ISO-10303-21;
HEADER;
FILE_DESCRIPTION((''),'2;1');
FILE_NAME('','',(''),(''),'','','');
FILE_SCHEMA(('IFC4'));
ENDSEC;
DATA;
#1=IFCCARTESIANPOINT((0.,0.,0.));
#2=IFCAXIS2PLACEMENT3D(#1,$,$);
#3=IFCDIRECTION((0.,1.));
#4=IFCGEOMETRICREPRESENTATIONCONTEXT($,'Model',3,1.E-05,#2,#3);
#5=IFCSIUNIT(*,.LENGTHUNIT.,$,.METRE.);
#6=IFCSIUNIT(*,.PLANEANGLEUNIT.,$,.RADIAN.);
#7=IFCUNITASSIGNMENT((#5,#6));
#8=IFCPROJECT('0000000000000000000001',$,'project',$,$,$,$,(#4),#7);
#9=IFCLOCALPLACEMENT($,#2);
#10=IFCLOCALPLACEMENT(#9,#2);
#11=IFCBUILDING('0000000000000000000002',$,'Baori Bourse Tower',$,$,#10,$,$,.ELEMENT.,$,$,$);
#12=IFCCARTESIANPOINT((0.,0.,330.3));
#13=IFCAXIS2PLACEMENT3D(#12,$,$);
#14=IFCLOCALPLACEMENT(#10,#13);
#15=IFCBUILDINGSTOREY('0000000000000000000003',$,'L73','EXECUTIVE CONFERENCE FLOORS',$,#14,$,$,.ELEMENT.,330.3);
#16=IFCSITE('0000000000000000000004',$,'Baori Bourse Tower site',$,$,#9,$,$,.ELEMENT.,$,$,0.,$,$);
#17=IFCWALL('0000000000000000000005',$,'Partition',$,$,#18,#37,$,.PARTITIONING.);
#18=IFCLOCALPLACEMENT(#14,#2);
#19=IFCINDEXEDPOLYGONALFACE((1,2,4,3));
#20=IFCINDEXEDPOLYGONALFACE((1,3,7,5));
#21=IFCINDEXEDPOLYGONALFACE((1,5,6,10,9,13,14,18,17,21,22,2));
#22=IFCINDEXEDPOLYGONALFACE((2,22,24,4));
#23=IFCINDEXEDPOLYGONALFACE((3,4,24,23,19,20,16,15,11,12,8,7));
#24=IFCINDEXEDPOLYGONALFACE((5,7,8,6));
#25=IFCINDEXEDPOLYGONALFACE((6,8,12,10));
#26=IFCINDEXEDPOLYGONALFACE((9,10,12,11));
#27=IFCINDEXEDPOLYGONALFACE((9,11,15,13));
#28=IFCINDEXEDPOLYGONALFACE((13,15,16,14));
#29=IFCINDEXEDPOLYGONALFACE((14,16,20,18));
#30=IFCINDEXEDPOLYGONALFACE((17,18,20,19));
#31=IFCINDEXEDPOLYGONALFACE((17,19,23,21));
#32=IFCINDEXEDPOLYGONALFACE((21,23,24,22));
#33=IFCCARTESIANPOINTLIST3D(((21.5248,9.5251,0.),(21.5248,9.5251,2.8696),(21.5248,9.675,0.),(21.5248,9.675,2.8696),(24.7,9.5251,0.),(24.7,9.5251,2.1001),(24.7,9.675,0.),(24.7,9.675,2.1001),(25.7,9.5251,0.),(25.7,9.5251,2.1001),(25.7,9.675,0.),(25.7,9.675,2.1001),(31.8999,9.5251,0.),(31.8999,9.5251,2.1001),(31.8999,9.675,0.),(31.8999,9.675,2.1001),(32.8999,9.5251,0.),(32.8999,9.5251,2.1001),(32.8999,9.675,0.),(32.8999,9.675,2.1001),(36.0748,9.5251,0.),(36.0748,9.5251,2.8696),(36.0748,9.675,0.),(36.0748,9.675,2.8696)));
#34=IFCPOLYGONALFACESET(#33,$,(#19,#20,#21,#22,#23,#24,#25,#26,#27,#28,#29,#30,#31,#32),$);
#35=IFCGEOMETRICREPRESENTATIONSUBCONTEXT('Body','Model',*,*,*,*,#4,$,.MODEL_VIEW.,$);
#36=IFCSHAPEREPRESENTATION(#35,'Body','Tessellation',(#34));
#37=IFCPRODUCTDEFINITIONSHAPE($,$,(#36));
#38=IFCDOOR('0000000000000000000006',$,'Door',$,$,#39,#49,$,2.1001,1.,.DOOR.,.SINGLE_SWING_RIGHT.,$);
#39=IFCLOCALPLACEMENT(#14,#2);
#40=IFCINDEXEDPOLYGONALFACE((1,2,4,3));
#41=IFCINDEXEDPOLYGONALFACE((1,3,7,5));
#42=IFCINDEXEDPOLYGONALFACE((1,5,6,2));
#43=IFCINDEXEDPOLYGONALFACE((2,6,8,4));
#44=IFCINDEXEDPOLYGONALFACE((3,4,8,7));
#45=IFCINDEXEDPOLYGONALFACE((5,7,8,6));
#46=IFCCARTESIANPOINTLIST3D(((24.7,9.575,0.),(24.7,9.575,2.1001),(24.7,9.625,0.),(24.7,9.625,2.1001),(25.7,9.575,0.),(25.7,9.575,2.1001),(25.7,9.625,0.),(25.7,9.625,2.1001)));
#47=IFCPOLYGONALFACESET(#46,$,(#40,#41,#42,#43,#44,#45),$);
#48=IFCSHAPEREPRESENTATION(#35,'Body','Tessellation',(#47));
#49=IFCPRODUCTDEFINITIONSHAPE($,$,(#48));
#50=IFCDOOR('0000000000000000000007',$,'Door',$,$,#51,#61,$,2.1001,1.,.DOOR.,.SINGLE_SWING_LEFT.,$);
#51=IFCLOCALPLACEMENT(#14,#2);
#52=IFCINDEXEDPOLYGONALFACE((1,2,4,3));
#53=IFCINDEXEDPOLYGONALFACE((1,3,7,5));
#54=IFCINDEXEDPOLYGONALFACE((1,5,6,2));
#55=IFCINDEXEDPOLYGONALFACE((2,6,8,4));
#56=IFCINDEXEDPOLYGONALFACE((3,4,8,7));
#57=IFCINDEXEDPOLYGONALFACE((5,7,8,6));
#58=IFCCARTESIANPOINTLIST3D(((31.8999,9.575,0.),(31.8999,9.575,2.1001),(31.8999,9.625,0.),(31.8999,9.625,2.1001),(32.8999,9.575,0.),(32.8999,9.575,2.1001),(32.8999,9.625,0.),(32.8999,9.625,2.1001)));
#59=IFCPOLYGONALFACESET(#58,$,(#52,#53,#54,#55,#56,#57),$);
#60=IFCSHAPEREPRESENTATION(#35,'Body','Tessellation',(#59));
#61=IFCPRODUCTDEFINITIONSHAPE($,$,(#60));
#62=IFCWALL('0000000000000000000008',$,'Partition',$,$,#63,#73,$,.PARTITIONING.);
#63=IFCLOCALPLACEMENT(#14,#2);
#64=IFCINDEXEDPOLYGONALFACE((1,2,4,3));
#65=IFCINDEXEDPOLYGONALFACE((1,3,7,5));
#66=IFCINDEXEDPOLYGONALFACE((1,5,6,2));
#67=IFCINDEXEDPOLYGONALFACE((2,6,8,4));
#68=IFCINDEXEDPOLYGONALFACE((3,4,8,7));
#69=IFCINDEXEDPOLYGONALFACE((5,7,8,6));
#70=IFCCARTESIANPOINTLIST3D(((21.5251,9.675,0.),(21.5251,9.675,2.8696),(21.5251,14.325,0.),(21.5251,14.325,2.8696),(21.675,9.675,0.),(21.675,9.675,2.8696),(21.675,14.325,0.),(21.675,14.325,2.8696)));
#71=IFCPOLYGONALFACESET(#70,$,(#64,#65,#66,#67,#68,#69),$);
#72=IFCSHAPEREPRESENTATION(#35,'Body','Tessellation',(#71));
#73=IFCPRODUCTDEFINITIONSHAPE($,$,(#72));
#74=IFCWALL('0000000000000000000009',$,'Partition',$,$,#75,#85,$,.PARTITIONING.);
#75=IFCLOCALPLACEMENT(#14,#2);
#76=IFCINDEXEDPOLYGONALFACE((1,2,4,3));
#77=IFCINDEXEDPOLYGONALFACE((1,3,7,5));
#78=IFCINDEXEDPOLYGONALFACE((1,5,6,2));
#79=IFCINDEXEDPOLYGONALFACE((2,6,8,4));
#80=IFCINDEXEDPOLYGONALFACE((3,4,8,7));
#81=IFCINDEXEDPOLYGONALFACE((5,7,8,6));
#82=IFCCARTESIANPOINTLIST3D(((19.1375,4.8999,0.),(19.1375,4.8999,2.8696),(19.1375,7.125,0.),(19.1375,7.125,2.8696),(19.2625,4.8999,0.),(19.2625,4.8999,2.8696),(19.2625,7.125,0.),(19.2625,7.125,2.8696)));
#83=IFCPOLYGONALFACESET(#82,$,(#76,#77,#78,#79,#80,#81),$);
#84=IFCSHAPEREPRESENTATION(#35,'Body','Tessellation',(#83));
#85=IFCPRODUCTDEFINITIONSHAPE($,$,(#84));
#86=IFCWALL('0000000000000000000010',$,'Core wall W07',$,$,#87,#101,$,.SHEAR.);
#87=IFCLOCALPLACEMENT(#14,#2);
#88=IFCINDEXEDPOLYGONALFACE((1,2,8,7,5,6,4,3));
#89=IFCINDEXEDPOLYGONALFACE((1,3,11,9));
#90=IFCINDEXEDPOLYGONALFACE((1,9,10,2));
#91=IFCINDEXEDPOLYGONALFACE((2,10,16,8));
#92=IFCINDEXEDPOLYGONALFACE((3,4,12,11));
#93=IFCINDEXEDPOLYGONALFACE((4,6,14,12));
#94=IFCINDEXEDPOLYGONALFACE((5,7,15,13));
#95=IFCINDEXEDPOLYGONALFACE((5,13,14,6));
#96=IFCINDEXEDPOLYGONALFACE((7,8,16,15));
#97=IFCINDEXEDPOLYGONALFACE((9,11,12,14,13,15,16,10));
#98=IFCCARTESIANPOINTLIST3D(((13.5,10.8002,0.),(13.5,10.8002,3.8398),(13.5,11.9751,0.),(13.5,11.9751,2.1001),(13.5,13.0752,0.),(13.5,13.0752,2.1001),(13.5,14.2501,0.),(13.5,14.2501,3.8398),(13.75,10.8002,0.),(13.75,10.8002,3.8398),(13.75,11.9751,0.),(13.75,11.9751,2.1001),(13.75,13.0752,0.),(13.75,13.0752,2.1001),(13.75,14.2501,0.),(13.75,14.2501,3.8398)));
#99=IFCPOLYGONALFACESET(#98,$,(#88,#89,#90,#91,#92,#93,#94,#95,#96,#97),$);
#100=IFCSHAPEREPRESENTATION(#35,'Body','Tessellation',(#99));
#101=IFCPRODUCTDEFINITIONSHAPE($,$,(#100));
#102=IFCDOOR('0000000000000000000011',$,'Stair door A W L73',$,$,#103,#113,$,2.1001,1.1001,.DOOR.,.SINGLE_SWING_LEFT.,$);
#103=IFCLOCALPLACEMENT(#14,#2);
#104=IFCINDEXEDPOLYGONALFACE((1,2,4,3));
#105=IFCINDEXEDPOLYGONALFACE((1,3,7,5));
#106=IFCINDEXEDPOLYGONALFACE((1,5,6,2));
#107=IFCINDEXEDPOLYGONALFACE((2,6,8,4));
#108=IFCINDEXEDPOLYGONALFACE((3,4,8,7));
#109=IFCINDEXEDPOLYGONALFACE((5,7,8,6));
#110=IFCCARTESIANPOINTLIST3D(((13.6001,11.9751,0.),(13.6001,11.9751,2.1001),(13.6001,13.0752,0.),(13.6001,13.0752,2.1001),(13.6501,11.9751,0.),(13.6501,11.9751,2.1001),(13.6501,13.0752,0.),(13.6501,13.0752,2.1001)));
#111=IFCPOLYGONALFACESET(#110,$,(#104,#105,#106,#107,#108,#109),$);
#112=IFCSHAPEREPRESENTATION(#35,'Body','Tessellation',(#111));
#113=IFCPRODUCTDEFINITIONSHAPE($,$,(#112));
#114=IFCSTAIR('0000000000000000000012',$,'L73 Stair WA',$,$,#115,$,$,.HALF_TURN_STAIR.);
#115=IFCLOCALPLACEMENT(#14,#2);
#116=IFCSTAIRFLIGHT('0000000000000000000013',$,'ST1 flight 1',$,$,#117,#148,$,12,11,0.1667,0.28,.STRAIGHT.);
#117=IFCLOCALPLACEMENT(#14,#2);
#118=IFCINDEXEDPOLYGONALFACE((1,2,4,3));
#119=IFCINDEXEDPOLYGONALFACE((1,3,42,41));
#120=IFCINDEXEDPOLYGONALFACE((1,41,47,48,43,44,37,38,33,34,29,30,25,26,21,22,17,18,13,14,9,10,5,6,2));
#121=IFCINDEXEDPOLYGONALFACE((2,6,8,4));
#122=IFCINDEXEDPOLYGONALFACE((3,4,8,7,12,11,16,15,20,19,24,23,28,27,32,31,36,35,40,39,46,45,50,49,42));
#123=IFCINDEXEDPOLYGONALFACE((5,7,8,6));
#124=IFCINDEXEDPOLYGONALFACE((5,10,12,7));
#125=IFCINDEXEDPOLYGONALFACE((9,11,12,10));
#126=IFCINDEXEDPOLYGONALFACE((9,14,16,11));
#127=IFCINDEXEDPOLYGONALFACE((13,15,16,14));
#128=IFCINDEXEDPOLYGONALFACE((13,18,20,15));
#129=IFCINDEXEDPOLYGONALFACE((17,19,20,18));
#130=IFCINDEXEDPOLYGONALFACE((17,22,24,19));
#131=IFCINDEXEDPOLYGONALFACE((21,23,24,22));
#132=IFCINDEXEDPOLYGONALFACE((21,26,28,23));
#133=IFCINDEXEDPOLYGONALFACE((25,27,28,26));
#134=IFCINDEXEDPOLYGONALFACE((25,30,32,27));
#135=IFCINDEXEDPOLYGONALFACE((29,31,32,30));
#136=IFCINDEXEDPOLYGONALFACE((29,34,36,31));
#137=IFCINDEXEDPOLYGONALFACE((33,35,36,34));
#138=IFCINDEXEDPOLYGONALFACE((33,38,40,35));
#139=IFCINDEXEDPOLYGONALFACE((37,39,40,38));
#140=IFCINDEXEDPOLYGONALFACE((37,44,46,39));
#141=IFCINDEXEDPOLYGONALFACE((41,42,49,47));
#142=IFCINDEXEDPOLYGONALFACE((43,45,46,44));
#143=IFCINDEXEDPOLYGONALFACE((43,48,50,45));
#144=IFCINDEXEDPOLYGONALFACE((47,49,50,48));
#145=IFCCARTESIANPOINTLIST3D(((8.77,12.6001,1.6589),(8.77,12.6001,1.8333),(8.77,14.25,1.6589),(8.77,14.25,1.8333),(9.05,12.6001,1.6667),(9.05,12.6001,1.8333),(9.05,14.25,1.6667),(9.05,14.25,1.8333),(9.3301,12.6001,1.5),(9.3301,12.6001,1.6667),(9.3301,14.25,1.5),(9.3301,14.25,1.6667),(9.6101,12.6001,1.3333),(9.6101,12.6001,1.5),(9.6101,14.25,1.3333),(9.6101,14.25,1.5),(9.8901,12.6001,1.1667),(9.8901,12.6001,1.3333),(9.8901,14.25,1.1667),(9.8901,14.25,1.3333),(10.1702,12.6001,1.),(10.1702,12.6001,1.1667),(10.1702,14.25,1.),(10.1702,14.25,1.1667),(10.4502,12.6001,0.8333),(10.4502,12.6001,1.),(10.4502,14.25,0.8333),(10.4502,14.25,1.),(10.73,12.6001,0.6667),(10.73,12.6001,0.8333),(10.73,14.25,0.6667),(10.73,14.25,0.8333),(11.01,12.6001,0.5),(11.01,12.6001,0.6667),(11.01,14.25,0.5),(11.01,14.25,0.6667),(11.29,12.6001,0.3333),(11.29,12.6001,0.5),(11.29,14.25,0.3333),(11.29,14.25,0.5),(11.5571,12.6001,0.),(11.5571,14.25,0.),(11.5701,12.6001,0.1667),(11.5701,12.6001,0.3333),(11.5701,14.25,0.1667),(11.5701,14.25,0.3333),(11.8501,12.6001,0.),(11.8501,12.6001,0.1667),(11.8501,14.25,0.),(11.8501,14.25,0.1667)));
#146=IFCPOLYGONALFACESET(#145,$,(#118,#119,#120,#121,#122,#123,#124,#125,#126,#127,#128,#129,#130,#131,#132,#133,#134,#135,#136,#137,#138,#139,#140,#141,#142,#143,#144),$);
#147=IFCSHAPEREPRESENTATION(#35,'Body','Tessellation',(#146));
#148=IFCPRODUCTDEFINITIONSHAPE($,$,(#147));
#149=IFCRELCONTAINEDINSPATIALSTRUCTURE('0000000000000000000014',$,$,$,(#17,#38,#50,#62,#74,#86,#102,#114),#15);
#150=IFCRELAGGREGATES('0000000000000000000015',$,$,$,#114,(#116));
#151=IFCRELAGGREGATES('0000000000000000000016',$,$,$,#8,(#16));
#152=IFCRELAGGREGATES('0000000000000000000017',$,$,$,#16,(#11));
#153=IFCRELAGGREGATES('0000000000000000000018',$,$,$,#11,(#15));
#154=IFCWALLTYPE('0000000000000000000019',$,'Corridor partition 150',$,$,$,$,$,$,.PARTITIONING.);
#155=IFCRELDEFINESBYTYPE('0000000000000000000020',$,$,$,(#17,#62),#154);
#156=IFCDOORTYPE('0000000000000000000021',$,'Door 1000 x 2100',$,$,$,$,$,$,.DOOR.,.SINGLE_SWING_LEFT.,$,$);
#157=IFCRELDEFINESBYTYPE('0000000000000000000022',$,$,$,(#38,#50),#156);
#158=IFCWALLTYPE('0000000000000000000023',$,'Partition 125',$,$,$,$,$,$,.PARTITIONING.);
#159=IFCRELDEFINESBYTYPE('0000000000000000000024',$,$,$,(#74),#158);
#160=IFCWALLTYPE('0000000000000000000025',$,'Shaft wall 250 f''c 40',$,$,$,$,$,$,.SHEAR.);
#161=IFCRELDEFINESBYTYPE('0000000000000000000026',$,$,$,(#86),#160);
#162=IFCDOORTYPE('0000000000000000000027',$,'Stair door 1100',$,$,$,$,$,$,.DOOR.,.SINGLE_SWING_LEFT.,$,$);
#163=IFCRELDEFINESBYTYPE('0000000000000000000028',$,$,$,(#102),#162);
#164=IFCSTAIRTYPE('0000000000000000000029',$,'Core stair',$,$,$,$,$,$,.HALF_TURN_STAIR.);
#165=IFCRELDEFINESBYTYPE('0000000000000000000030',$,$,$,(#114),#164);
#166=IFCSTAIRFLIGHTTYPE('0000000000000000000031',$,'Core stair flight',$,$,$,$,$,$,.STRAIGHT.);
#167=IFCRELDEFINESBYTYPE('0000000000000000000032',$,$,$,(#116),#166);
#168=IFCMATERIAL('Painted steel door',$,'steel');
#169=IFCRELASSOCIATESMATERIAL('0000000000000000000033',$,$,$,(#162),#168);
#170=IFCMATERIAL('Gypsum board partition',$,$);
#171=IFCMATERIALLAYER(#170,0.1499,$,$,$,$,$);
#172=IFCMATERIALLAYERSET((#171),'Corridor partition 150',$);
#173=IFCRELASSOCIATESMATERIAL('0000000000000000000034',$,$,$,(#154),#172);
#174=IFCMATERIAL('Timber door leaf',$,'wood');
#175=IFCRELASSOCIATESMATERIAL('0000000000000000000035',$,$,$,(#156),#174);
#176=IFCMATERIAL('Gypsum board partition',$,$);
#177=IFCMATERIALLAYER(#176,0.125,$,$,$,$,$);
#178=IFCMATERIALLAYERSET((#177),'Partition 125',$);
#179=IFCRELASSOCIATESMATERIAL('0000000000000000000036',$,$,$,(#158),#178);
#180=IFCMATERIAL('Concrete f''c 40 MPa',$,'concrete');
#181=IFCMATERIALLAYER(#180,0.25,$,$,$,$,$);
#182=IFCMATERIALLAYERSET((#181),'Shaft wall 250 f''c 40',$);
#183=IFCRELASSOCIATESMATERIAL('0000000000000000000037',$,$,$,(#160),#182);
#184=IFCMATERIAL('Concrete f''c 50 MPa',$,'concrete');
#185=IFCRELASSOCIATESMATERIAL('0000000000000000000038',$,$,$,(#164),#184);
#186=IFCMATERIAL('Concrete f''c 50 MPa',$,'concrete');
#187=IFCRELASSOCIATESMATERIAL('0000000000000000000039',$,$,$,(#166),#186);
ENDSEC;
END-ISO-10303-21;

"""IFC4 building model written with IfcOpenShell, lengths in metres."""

from ifc_helpers import new_model, si_unit, direction, frame, frame_2d, origin, place, context, subcontext, project, spatial, polyline, rectangle, outline, extrude, material, layer, layer_set, type_object, element, fill, aggregate, save


model = new_model("IFC4")

# Units and contexts
model_context = context("Model", 3, precision=1e-05, world=origin(), true_north=direction((0.0, 1.0)))
body_context = subcontext(model_context, "Body", "Model", "MODEL_VIEW")
ifc_project = project(units=[si_unit("LENGTHUNIT", "METRE"), si_unit("PLANEANGLEUNIT", "RADIAN")], contexts=[model_context])

# Site, building, storey
site_placement = place(None, origin())
site = spatial("IfcSite", under=ifc_project, at=site_placement, Name="Baori Bourse Tower site", CompositionType="ELEMENT", RefElevation=0.0)
building_placement = place(site_placement, origin())
building = spatial("IfcBuilding", under=site, at=building_placement, Name="Baori Bourse Tower", CompositionType="ELEMENT")
storey_placement = place(building_placement, frame((0.0, 0.0, 330.3)))
storey = spatial("IfcBuildingStorey", under=building, at=storey_placement, Name="L73", Description="EXECUTIVE CONFERENCE FLOORS", CompositionType="ELEMENT", Elevation=330.3)

# Shared definitions
ifc_material_1 = material(Name="Painted steel door", Category="steel")
door_type_1 = type_object("IfcDoorType", Name="Stair door 1100", OperationType="SINGLE_SWING_LEFT", PredefinedType="DOOR", material=ifc_material_1)

# Wall, openings, doors
ifc_material_2 = material(Name="Gypsum board partition")
ifc_layer_1 = layer(ifc_material_2, 0.1499)
ifc_layer_set_1 = layer_set([ifc_layer_1], Name="Corridor partition 150")
wall_type_1 = type_object("IfcWallType", Name="Corridor partition 150", PredefinedType="PARTITIONING", material=ifc_layer_set_1)
ifc_material_3 = material(Name="Timber door leaf", Category="wood")
door_type_2 = type_object("IfcDoorType", Name="Door 1000 x 2100", OperationType="SINGLE_SWING_LEFT", PredefinedType="DOOR", material=ifc_material_3)
wall_1_placement = place(storey_placement, frame((21.5249, 9.6001, 0.0), z_axis=(0.0, 0.0, 1.0), x_axis=(1.0, 0.0, 0.0)))
wall_1 = element("IfcWall", 1, at=wall_1_placement, inside=storey, type_object=wall_type_1, Name="Partition", PredefinedType="PARTITIONING", context=body_context, shape_type="SweptSolid", body=[
    extrude(rectangle(XDim=14.55, YDim=0.1499, at=frame_2d((7.2749, 0.0))), origin(), (0.0, 0.0, 1.0), 2.8696),
])
opening_1_placement = place(wall_1_placement, frame((3.175, 0.0, 0.0)))
opening_1 = element("IfcOpeningElement", 2, at=opening_1_placement, cuts=wall_1, PredefinedType="OPENING", context=body_context, shape_type="SweptSolid", body=[
    extrude(rectangle(XDim=1.0, YDim=2.1001, at=frame_2d((0.5, 1.05))), frame((0.0, 0.085, 0.0), z_axis=(0.0, -1.0, 0.0), x_axis=(1.0, 0.0, 0.0)), (0.0, 0.0, 1.0), 0.1699),
])
opening_2_placement = place(wall_1_placement, frame((10.375, 0.0, 0.0)))
opening_2 = element("IfcOpeningElement", 3, at=opening_2_placement, cuts=wall_1, PredefinedType="OPENING", context=body_context, shape_type="SweptSolid", body=[
    extrude(rectangle(XDim=1.0, YDim=2.1001, at=frame_2d((0.5, 1.05))), frame((0.0, 0.085, 0.0), z_axis=(0.0, -1.0, 0.0), x_axis=(1.0, 0.0, 0.0)), (0.0, 0.0, 1.0), 0.1699),
])
door_1_placement = place(opening_1_placement, origin())
door_1 = element("IfcDoor", 4, at=door_1_placement, inside=storey, type_object=door_type_2, Name="Door", OperationType="SINGLE_SWING_RIGHT", OverallHeight=2.1001, OverallWidth=1.0, PredefinedType="DOOR", context=body_context, shape_type="SweptSolid", body=[
    extrude(rectangle(XDim=1.0, YDim=2.1001, at=frame_2d((0.5, 1.05))), frame((0.0, 0.0249, 0.0), z_axis=(0.0, -1.0, 0.0), x_axis=(1.0, 0.0, 0.0)), (0.0, 0.0, 1.0), 0.05),
])
fill(opening_1, door_1)
door_2_placement = place(opening_2_placement, origin())
door_2 = element("IfcDoor", 5, at=door_2_placement, inside=storey, type_object=door_type_2, Name="Door", OperationType="SINGLE_SWING_LEFT", OverallHeight=2.1001, OverallWidth=1.0, PredefinedType="DOOR", context=body_context, shape_type="SweptSolid", body=[
    extrude(rectangle(XDim=1.0, YDim=2.1001, at=frame_2d((0.5, 1.05))), frame((0.0, 0.0249, 0.0), z_axis=(0.0, -1.0, 0.0), x_axis=(1.0, 0.0, 0.0)), (0.0, 0.0, 1.0), 0.05),
])
fill(opening_2, door_2)

# Walls
wall_2_placement = place(storey_placement, frame((21.6001, 9.675, 0.0), z_axis=(0.0, 0.0, 1.0), x_axis=(0.0, 1.0, 0.0)))
element("IfcWall", 6, at=wall_2_placement, inside=storey, type_object=wall_type_1, Name="Partition", PredefinedType="PARTITIONING", context=body_context, shape_type="SweptSolid", body=[
    extrude(rectangle(XDim=4.6499, YDim=0.1499, at=frame_2d((2.325, 0.0))), origin(), (0.0, 0.0, 1.0), 2.8696),
])
ifc_material_4 = material(Name="Gypsum board partition")
ifc_layer_2 = layer(ifc_material_4, 0.125)
ifc_layer_set_2 = layer_set([ifc_layer_2], Name="Partition 125")
wall_type_2 = type_object("IfcWallType", Name="Partition 125", PredefinedType="PARTITIONING", material=ifc_layer_set_2)
wall_3_placement = place(storey_placement, frame((19.2, 4.8999, 0.0), z_axis=(0.0, 0.0, 1.0), x_axis=(0.0, 1.0, 0.0)))
element("IfcWall", 7, at=wall_3_placement, inside=storey, type_object=wall_type_2, Name="Partition", PredefinedType="PARTITIONING", context=body_context, shape_type="SweptSolid", body=[
    extrude(rectangle(XDim=2.2251, YDim=0.125, at=frame_2d((1.1125, 0.0))), origin(), (0.0, 0.0, 1.0), 2.8696),
])

# Wall, opening, door
ifc_material_5 = material(Name="Concrete f'c 40 MPa", Category="concrete")
ifc_layer_3 = layer(ifc_material_5, 0.25)
ifc_layer_set_3 = layer_set([ifc_layer_3], Name="Shaft wall 250 f'c 40")
wall_type_3 = type_object("IfcWallType", Name="Shaft wall 250 f'c 40", PredefinedType="SHEAR", material=ifc_layer_set_3)
wall_4_placement = place(storey_placement, frame((13.625, 10.8, 0.0), z_axis=(0.0, 0.0, 1.0), x_axis=(0.0, 1.0, 0.0)))
wall_4 = element("IfcWall", 8, at=wall_4_placement, inside=storey, type_object=wall_type_3, Name="Core wall W07", PredefinedType="SHEAR", context=body_context, shape_type="SweptSolid", body=[
    extrude(rectangle(XDim=3.45, YDim=0.25, at=frame_2d((1.7251, 0.0))), origin(), (0.0, 0.0, 1.0), 3.8398),
])
opening_3_placement = place(wall_4_placement, frame((1.175, 0.0, 0.0)))
opening_3 = element("IfcOpeningElement", 9, at=opening_3_placement, cuts=wall_4, PredefinedType="OPENING", context=body_context, shape_type="SweptSolid", body=[
    extrude(rectangle(XDim=1.1001, YDim=2.1001, at=frame_2d((0.55, 1.05))), frame((0.0, 0.135, 0.0), z_axis=(0.0, -1.0, 0.0), x_axis=(1.0, 0.0, 0.0)), (0.0, 0.0, 1.0), 0.27),
])
door_3_placement = place(opening_3_placement, origin())
door_3 = element("IfcDoor", 10, at=door_3_placement, inside=storey, type_object=door_type_1, Name="Stair door A W L73", OperationType="SINGLE_SWING_LEFT", OverallHeight=2.1001, OverallWidth=1.1001, PredefinedType="DOOR", context=body_context, shape_type="SweptSolid", body=[
    extrude(rectangle(XDim=1.1001, YDim=2.1001, at=frame_2d((0.55, 1.05))), frame((0.0, 0.0249, 0.0), z_axis=(0.0, -1.0, 0.0), x_axis=(1.0, 0.0, 0.0)), (0.0, 0.0, 1.0), 0.05),
])
fill(opening_3, door_3)

# Stair, stair flight
ifc_material_6 = material(Name="Concrete f'c 50 MPa", Category="concrete")
stair_type = type_object("IfcStairType", Name="Core stair", PredefinedType="HALF_TURN_STAIR", material=ifc_material_6)
stair_placement = place(storey_placement, origin())
stair = element("IfcStair", 11, at=stair_placement, inside=storey, type_object=stair_type, Name="L73 Stair WA", PredefinedType="HALF_TURN_STAIR")
ifc_material_7 = material(Name="Concrete f'c 50 MPa", Category="concrete")
stair_flight_type = type_object("IfcStairFlightType", Name="Core stair flight", PredefinedType="STRAIGHT", material=ifc_material_7)
stair_flight_1_placement = place(storey_placement, frame((11.8501, 13.425, 0.0), z_axis=(0.0, 0.0, 1.0), x_axis=(-1.0, 0.0, 0.0)))
stair_flight_1 = element("IfcStairFlight", 12, at=stair_flight_1_placement, type_object=stair_flight_type, Name="ST1 flight 1", NumberOfRisers=12, NumberOfTreads=11, PredefinedType="STRAIGHT", RiserHeight=0.1667, TreadLength=0.28, context=body_context, shape_type="SweptSolid", body=[
    extrude(outline(polyline([(0.0, 0.0), (0.0, 0.1667), (0.28, 0.1667), (0.28, 0.3333), (0.5601, 0.3333), (0.5601, 0.5), (0.8401, 0.5), (0.8401, 0.6667), (1.1201, 0.6667), (1.1201, 0.8333), (1.3999, 0.8333), (1.3999, 1.0), (1.6799, 1.0), (1.6799, 1.1667), (1.96, 1.1667), (1.96, 1.3333), (2.24, 1.3333), (2.24, 1.5), (2.52, 1.5), (2.52, 1.6667), (2.8, 1.6667), (2.8, 1.8333), (3.0801, 1.8333), (3.0801, 2.0), (3.0801, 1.6589), (0.293, 0.0), (0.0, 0.0)])), frame((0.0, 0.825, 0.0), z_axis=(0.0, -1.0, 0.0), x_axis=(1.0, 0.0, 0.0)), (0.0, 0.0, 1.0), 1.6499),
])
aggregate(stair, [stair_flight_1])

save(model, "model.ifc")
